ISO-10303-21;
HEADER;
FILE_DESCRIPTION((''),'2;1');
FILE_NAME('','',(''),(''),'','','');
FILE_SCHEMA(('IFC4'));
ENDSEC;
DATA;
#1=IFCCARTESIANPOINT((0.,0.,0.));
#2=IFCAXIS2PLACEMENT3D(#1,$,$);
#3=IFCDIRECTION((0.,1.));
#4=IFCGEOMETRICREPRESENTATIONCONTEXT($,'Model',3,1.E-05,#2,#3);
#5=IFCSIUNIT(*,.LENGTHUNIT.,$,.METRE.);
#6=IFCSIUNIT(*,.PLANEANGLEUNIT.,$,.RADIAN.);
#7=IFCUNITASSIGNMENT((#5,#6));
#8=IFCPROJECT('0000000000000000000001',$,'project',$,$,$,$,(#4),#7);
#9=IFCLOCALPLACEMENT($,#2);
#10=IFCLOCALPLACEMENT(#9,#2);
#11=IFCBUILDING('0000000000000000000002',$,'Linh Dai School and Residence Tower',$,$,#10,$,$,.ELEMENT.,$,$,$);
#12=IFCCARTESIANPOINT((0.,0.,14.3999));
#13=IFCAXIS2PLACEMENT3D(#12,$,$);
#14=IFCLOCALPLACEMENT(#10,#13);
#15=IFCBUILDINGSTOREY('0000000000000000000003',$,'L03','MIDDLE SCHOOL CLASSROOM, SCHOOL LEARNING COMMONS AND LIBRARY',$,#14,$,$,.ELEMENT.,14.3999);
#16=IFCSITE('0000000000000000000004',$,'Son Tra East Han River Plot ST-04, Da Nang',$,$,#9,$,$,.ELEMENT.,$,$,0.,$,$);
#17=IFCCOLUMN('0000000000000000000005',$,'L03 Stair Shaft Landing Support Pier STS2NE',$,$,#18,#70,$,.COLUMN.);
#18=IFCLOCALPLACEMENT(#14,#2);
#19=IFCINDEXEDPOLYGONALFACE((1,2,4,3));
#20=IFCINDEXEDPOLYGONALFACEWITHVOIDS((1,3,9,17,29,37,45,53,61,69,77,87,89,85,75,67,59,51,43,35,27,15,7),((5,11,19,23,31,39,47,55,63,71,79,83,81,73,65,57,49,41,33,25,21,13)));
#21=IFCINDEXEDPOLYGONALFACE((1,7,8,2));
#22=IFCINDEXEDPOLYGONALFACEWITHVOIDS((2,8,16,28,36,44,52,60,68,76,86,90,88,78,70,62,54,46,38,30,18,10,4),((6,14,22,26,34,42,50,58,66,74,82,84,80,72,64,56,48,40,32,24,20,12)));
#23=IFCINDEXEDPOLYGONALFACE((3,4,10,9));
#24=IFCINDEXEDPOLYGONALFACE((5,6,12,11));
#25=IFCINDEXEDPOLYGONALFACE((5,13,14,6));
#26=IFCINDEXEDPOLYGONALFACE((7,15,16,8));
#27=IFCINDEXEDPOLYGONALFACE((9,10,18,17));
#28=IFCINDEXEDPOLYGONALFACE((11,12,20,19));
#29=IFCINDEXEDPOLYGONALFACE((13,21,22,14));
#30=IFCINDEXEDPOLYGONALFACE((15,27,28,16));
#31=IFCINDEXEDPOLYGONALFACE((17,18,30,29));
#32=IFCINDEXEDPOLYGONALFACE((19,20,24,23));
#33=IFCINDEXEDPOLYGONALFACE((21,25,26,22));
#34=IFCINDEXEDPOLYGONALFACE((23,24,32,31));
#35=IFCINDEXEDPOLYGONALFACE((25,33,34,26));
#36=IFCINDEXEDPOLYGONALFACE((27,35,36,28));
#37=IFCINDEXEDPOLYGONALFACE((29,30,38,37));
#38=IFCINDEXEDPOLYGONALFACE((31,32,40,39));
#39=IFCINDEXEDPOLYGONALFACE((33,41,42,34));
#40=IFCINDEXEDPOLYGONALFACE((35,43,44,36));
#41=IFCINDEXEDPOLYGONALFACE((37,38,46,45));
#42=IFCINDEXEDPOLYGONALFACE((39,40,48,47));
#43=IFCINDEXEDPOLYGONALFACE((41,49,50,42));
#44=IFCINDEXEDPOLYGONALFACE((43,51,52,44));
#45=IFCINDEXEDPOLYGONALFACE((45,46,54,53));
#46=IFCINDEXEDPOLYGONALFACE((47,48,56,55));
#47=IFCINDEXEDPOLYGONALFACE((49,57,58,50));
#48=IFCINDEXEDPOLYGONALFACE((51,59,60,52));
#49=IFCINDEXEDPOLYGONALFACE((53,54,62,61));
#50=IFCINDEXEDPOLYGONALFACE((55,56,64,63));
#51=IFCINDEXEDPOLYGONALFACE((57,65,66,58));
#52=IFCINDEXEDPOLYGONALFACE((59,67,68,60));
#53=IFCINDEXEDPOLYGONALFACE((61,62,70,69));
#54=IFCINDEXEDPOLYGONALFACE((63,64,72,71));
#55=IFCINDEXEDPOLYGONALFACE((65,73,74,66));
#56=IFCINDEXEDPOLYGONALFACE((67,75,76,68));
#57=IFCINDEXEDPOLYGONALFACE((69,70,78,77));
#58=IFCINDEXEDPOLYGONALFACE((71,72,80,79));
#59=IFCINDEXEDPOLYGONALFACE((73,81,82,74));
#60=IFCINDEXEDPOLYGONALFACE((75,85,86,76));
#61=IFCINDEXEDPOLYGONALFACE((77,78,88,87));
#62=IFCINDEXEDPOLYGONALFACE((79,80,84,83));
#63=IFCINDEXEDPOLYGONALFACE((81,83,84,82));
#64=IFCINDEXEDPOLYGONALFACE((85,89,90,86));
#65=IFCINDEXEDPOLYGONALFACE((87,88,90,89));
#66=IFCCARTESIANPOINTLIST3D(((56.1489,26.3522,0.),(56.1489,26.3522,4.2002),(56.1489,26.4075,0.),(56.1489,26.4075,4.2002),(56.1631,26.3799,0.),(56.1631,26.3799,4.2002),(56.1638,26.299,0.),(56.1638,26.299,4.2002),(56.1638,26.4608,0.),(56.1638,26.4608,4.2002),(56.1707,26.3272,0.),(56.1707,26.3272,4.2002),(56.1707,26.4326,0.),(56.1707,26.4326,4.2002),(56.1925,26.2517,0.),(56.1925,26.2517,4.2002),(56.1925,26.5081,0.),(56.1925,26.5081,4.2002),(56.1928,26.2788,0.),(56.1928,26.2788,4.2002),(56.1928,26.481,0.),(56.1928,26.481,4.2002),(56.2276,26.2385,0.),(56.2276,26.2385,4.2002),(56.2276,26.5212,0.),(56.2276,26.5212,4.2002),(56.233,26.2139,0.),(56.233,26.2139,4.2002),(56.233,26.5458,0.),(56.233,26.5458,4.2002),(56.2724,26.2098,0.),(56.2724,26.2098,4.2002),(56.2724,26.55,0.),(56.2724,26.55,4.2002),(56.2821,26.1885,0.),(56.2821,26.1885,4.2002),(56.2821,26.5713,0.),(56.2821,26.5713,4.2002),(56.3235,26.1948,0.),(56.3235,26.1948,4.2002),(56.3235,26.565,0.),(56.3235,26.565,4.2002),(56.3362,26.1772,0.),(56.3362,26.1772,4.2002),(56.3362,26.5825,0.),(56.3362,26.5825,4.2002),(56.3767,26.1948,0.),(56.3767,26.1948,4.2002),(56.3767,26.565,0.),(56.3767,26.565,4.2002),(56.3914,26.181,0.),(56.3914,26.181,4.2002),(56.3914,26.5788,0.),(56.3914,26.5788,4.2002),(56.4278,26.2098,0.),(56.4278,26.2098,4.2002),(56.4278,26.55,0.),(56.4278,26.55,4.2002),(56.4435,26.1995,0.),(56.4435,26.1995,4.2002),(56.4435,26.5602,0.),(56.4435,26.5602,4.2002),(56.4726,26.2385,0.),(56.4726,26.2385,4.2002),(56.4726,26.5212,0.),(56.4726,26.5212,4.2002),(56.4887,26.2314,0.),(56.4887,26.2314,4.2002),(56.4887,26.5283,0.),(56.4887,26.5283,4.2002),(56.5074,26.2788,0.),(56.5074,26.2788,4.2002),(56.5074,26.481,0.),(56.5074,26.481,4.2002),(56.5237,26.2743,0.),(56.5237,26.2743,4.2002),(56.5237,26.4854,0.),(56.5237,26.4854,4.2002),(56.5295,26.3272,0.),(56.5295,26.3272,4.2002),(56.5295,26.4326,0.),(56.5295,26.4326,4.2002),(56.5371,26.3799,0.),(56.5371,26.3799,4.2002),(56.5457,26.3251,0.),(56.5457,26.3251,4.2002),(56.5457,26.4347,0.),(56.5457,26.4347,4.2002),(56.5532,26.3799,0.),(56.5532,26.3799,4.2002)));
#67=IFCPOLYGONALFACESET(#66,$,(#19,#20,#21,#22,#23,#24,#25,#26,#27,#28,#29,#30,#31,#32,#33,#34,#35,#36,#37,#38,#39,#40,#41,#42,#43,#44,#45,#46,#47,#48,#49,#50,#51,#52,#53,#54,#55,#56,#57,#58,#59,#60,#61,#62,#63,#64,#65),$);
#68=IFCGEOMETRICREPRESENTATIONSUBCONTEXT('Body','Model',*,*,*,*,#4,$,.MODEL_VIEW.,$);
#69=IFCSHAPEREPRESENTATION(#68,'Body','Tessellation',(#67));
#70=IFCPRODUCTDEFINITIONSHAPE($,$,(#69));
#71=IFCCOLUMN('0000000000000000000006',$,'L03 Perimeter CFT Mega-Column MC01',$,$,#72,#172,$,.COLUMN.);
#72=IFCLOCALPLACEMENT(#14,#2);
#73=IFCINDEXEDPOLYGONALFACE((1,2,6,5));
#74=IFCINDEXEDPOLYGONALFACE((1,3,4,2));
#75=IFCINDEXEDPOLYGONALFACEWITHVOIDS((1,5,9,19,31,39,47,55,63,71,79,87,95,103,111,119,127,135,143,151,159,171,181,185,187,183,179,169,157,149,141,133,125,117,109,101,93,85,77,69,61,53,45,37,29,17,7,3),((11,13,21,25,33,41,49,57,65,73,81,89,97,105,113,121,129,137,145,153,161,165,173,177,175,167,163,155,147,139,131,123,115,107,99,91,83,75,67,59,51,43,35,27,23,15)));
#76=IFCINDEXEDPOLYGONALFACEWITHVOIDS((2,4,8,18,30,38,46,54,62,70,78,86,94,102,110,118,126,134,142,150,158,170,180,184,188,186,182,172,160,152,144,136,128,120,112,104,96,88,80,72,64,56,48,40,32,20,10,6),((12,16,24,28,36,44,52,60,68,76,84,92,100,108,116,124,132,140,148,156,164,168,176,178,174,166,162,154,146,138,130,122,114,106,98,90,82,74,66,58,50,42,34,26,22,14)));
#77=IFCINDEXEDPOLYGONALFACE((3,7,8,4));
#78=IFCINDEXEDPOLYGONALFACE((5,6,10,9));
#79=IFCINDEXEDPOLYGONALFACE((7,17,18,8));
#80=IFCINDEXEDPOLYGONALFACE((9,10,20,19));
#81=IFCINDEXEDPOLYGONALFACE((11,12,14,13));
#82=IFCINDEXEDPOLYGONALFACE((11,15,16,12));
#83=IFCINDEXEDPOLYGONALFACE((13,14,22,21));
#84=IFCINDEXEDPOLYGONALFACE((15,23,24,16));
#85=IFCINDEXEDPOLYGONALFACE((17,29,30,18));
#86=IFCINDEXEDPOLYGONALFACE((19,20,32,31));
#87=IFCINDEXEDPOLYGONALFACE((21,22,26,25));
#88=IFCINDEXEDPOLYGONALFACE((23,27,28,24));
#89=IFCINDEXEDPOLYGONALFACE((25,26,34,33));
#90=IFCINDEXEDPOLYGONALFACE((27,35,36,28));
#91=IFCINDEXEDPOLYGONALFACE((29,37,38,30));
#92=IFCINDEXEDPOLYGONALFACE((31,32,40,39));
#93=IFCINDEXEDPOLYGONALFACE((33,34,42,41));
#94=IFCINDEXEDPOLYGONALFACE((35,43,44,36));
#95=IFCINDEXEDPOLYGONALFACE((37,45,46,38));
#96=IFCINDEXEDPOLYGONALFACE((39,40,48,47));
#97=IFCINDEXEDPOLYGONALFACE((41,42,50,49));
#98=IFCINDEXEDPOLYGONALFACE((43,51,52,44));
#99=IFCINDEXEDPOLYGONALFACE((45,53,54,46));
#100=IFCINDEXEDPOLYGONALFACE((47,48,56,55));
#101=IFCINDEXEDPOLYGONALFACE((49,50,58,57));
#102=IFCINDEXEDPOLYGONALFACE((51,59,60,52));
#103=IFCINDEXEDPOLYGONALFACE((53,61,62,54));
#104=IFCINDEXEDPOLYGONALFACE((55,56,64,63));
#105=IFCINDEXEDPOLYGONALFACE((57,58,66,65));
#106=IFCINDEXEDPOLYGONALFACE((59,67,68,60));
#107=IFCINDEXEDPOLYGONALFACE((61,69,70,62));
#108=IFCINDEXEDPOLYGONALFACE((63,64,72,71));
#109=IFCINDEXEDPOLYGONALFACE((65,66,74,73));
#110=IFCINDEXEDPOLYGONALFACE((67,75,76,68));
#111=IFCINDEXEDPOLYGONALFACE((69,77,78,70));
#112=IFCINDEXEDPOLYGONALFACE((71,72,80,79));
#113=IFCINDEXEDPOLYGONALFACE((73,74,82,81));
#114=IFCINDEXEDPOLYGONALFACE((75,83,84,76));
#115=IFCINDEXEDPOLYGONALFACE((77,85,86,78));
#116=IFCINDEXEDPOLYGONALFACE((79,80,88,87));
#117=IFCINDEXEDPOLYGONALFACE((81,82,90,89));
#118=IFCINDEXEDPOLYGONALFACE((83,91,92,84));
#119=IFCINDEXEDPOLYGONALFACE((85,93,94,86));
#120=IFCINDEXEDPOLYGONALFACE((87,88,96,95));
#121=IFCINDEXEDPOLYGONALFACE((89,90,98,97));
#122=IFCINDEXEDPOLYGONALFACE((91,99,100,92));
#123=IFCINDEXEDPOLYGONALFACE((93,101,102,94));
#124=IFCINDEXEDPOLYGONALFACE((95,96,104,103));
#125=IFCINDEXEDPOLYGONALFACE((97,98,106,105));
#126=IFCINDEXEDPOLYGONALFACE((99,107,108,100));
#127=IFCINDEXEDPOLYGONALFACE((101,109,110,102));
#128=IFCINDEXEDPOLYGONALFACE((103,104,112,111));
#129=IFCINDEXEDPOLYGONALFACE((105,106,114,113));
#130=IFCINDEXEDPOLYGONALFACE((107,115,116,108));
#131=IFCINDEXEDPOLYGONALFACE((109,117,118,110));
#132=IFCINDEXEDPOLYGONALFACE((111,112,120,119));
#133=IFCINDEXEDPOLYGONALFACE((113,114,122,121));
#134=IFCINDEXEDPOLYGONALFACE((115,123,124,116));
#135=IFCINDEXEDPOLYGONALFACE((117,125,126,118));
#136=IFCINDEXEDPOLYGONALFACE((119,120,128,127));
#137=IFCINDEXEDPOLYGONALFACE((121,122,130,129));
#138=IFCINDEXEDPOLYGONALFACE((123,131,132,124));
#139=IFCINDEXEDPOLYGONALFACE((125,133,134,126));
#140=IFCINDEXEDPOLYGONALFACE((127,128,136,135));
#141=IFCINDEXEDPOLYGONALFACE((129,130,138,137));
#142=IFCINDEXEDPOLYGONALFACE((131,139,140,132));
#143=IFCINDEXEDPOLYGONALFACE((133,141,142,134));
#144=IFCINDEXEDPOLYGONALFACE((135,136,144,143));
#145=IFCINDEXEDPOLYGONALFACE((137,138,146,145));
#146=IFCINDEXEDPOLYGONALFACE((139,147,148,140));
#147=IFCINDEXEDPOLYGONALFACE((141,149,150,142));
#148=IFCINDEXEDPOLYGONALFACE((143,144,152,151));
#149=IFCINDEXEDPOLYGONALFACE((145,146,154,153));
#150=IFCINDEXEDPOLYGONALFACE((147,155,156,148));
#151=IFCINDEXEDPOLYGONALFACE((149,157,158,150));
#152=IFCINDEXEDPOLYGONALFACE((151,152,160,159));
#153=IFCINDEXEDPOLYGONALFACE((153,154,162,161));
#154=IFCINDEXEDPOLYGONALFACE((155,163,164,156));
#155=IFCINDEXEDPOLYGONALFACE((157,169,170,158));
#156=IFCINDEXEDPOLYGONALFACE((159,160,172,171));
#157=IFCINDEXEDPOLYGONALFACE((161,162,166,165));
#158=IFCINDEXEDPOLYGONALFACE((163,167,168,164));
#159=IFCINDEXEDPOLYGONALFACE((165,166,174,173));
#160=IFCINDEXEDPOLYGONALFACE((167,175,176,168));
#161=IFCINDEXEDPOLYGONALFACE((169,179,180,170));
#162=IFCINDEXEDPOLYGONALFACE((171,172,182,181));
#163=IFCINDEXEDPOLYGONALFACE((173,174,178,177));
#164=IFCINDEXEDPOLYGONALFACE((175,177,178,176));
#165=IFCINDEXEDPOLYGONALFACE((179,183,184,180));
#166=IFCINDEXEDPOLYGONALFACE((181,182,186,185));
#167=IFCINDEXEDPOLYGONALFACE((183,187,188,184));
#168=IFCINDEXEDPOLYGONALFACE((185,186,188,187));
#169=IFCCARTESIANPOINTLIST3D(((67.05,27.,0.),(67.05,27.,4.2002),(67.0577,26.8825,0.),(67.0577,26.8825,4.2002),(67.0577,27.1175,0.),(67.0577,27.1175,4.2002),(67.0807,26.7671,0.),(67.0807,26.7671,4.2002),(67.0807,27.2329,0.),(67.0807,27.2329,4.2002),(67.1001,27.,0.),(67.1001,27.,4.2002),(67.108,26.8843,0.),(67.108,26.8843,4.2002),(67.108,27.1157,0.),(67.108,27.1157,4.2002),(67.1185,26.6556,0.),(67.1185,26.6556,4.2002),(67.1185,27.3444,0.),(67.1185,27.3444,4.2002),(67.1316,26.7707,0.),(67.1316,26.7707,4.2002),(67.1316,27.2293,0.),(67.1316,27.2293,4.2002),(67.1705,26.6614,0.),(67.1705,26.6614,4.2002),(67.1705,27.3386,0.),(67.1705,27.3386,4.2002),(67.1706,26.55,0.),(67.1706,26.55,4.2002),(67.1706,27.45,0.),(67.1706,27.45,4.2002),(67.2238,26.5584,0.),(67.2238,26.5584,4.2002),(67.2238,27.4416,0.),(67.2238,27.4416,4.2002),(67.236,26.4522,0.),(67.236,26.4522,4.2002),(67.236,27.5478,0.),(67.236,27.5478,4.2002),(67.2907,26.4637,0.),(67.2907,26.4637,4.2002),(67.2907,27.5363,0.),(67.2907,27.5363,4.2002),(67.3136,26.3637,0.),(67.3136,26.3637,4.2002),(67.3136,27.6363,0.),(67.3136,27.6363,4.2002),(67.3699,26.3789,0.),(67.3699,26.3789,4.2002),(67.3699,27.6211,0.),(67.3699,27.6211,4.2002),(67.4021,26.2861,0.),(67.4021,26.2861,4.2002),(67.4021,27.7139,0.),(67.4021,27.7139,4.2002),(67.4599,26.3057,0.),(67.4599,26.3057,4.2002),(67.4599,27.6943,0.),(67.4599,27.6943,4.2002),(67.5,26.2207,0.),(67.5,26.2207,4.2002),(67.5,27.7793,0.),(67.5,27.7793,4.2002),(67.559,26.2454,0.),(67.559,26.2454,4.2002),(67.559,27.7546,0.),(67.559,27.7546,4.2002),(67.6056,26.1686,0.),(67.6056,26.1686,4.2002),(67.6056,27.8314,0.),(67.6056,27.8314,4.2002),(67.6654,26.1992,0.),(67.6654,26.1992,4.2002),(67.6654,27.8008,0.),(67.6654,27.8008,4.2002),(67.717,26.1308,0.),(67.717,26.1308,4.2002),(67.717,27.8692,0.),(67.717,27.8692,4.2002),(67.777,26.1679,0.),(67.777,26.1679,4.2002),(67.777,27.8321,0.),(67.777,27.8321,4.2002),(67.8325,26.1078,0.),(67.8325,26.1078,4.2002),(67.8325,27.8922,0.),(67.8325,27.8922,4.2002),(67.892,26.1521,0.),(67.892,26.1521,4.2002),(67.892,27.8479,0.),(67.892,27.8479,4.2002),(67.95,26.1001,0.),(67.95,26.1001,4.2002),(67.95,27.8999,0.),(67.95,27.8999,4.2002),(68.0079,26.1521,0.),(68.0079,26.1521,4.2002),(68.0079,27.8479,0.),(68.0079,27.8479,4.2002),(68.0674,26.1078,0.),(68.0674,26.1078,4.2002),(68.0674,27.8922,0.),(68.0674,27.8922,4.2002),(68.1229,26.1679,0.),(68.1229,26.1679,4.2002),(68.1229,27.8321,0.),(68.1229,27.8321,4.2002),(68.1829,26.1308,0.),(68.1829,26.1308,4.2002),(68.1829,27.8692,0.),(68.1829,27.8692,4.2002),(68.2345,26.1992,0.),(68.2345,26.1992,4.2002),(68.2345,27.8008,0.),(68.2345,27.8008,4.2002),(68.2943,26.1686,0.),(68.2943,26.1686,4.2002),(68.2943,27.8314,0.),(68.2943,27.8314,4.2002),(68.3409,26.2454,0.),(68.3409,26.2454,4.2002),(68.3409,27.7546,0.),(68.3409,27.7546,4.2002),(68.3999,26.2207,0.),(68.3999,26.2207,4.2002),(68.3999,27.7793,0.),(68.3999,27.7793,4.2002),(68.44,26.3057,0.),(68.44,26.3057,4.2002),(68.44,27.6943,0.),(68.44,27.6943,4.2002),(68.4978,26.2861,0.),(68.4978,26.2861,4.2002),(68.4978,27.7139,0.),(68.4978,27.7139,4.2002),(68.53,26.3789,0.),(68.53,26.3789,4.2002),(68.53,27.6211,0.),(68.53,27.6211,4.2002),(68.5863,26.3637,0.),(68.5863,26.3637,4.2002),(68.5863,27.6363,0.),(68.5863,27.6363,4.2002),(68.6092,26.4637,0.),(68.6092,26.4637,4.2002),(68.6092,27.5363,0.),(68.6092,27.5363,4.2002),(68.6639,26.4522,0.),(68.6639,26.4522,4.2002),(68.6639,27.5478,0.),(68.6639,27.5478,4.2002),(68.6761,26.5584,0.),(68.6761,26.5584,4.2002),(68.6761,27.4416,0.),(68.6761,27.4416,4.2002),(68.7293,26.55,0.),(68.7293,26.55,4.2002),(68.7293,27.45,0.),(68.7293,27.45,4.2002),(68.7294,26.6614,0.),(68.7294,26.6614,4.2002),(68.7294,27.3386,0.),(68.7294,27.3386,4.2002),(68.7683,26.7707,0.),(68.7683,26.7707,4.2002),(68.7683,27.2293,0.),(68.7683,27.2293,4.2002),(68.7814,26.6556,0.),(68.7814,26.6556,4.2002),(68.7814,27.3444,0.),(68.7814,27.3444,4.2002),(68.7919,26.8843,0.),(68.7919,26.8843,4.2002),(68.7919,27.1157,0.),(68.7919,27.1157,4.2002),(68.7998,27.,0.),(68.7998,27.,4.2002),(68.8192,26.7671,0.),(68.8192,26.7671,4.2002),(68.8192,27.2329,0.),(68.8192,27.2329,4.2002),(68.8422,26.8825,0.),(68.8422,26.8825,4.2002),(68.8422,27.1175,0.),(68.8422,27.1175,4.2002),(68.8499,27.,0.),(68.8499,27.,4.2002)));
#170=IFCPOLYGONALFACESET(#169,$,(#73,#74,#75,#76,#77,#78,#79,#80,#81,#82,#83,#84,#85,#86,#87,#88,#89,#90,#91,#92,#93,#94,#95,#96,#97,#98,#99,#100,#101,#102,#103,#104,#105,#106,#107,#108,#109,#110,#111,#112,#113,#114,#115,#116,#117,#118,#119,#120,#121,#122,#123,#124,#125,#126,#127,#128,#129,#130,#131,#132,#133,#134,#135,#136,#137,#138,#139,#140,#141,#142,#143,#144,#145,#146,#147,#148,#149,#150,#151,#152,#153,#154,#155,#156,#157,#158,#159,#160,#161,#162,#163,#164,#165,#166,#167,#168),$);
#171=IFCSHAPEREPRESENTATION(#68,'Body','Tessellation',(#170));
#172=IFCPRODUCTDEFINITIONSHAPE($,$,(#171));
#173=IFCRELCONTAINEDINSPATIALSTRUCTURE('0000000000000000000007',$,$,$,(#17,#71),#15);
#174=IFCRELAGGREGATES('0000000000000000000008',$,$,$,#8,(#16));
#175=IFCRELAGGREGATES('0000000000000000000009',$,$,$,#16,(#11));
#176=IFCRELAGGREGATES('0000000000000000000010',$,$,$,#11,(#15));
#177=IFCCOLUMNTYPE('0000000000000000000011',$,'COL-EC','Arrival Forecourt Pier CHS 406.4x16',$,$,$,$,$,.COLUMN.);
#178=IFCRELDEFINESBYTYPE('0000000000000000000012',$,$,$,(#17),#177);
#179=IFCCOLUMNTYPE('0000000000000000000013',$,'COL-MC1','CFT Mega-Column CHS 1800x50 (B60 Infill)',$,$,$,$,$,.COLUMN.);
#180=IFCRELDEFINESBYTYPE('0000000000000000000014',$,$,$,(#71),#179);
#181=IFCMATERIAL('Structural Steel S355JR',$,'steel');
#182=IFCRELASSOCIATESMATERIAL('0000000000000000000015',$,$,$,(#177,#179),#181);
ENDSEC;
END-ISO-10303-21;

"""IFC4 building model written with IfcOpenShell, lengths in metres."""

from ifc_helpers import new_model, si_unit, direction, frame, origin, origin_2d, place, context, subcontext, project, spatial, hollow_circle, extrude, material, material_profile, profile_set, type_object, element, save


model = new_model("IFC4")

# Units and contexts
model_context = context("Model", 3, precision=1e-05, world=origin(), true_north=direction((0.0, 1.0)))
body_context = subcontext(model_context, "Body", "Model", "MODEL_VIEW")
ifc_project = project(units=[si_unit("LENGTHUNIT", "METRE"), si_unit("PLANEANGLEUNIT", "RADIAN")], contexts=[model_context])

# Site, building, storey
site_placement = place(None, origin())
site = spatial("IfcSite", under=ifc_project, at=site_placement, Name="Son Tra East Han River Plot ST-04, Da Nang", CompositionType="ELEMENT", RefElevation=0.0)
building_placement = place(site_placement, origin())
building = spatial("IfcBuilding", under=site, at=building_placement, Name="Linh Dai School and Residence Tower", CompositionType="ELEMENT")
storey_placement = place(building_placement, frame((0.0, 0.0, 14.3999)))
storey = spatial("IfcBuildingStorey", under=building, at=storey_placement, Name="L03", Description="MIDDLE SCHOOL CLASSROOM, SCHOOL LEARNING COMMONS AND LIBRARY", CompositionType="ELEMENT", Elevation=14.3999)

# Columns
ifc_material_1 = material(Name="Structural Steel S355JR", Category="steel")
ifc_material_profile_1 = material_profile(ifc_material_1, hollow_circle(Radius=0.2031, WallThickness=0.0161, at=origin_2d()), Name="CHS 406.4x16")
ifc_profile_set_1 = profile_set([ifc_material_profile_1], Name="Structural Steel S355JR")
column_type_1 = type_object("IfcColumnType", Name="COL-EC", Description="Arrival Forecourt Pier CHS 406.4x16", PredefinedType="COLUMN", material=ifc_profile_set_1)
column_1_placement = place(storey_placement, frame((56.3501, 26.3799, 0.0), z_axis=(0.0, 0.0, 1.0), x_axis=(1.0, 0.0, 0.0)))
element("IfcColumn", 1, at=column_1_placement, inside=storey, type_object=column_type_1, Name="L03 Stair Shaft Landing Support Pier STS2NE", PredefinedType="COLUMN", context=body_context, shape_type="SweptSolid", body=[
    extrude(hollow_circle(Radius=0.2031, WallThickness=0.0161, at=origin_2d()), origin(), (0.0, 0.0, 1.0), 4.2002),
])
ifc_material_profile_2 = material_profile(ifc_material_1, hollow_circle(Radius=0.8999, WallThickness=0.05, at=origin_2d()), Name="CHS 1800x50")
ifc_profile_set_2 = profile_set([ifc_material_profile_2], Name="Structural Steel S355JR")
column_type_2 = type_object("IfcColumnType", Name="COL-MC1", Description="CFT Mega-Column CHS 1800x50 (B60 Infill)", PredefinedType="COLUMN", material=ifc_profile_set_2)
column_2_placement = place(storey_placement, frame((67.95, 27.0, 0.0), z_axis=(0.0, 0.0, 1.0), x_axis=(1.0, 0.0, 0.0)))
element("IfcColumn", 2, at=column_2_placement, inside=storey, type_object=column_type_2, Name="L03 Perimeter CFT Mega-Column MC01", PredefinedType="COLUMN", context=body_context, shape_type="SweptSolid", body=[
    extrude(hollow_circle(Radius=0.8999, WallThickness=0.05, at=origin_2d()), origin(), (0.0, 0.0, 1.0), 4.2002),
])

save(model, "model.ifc")
